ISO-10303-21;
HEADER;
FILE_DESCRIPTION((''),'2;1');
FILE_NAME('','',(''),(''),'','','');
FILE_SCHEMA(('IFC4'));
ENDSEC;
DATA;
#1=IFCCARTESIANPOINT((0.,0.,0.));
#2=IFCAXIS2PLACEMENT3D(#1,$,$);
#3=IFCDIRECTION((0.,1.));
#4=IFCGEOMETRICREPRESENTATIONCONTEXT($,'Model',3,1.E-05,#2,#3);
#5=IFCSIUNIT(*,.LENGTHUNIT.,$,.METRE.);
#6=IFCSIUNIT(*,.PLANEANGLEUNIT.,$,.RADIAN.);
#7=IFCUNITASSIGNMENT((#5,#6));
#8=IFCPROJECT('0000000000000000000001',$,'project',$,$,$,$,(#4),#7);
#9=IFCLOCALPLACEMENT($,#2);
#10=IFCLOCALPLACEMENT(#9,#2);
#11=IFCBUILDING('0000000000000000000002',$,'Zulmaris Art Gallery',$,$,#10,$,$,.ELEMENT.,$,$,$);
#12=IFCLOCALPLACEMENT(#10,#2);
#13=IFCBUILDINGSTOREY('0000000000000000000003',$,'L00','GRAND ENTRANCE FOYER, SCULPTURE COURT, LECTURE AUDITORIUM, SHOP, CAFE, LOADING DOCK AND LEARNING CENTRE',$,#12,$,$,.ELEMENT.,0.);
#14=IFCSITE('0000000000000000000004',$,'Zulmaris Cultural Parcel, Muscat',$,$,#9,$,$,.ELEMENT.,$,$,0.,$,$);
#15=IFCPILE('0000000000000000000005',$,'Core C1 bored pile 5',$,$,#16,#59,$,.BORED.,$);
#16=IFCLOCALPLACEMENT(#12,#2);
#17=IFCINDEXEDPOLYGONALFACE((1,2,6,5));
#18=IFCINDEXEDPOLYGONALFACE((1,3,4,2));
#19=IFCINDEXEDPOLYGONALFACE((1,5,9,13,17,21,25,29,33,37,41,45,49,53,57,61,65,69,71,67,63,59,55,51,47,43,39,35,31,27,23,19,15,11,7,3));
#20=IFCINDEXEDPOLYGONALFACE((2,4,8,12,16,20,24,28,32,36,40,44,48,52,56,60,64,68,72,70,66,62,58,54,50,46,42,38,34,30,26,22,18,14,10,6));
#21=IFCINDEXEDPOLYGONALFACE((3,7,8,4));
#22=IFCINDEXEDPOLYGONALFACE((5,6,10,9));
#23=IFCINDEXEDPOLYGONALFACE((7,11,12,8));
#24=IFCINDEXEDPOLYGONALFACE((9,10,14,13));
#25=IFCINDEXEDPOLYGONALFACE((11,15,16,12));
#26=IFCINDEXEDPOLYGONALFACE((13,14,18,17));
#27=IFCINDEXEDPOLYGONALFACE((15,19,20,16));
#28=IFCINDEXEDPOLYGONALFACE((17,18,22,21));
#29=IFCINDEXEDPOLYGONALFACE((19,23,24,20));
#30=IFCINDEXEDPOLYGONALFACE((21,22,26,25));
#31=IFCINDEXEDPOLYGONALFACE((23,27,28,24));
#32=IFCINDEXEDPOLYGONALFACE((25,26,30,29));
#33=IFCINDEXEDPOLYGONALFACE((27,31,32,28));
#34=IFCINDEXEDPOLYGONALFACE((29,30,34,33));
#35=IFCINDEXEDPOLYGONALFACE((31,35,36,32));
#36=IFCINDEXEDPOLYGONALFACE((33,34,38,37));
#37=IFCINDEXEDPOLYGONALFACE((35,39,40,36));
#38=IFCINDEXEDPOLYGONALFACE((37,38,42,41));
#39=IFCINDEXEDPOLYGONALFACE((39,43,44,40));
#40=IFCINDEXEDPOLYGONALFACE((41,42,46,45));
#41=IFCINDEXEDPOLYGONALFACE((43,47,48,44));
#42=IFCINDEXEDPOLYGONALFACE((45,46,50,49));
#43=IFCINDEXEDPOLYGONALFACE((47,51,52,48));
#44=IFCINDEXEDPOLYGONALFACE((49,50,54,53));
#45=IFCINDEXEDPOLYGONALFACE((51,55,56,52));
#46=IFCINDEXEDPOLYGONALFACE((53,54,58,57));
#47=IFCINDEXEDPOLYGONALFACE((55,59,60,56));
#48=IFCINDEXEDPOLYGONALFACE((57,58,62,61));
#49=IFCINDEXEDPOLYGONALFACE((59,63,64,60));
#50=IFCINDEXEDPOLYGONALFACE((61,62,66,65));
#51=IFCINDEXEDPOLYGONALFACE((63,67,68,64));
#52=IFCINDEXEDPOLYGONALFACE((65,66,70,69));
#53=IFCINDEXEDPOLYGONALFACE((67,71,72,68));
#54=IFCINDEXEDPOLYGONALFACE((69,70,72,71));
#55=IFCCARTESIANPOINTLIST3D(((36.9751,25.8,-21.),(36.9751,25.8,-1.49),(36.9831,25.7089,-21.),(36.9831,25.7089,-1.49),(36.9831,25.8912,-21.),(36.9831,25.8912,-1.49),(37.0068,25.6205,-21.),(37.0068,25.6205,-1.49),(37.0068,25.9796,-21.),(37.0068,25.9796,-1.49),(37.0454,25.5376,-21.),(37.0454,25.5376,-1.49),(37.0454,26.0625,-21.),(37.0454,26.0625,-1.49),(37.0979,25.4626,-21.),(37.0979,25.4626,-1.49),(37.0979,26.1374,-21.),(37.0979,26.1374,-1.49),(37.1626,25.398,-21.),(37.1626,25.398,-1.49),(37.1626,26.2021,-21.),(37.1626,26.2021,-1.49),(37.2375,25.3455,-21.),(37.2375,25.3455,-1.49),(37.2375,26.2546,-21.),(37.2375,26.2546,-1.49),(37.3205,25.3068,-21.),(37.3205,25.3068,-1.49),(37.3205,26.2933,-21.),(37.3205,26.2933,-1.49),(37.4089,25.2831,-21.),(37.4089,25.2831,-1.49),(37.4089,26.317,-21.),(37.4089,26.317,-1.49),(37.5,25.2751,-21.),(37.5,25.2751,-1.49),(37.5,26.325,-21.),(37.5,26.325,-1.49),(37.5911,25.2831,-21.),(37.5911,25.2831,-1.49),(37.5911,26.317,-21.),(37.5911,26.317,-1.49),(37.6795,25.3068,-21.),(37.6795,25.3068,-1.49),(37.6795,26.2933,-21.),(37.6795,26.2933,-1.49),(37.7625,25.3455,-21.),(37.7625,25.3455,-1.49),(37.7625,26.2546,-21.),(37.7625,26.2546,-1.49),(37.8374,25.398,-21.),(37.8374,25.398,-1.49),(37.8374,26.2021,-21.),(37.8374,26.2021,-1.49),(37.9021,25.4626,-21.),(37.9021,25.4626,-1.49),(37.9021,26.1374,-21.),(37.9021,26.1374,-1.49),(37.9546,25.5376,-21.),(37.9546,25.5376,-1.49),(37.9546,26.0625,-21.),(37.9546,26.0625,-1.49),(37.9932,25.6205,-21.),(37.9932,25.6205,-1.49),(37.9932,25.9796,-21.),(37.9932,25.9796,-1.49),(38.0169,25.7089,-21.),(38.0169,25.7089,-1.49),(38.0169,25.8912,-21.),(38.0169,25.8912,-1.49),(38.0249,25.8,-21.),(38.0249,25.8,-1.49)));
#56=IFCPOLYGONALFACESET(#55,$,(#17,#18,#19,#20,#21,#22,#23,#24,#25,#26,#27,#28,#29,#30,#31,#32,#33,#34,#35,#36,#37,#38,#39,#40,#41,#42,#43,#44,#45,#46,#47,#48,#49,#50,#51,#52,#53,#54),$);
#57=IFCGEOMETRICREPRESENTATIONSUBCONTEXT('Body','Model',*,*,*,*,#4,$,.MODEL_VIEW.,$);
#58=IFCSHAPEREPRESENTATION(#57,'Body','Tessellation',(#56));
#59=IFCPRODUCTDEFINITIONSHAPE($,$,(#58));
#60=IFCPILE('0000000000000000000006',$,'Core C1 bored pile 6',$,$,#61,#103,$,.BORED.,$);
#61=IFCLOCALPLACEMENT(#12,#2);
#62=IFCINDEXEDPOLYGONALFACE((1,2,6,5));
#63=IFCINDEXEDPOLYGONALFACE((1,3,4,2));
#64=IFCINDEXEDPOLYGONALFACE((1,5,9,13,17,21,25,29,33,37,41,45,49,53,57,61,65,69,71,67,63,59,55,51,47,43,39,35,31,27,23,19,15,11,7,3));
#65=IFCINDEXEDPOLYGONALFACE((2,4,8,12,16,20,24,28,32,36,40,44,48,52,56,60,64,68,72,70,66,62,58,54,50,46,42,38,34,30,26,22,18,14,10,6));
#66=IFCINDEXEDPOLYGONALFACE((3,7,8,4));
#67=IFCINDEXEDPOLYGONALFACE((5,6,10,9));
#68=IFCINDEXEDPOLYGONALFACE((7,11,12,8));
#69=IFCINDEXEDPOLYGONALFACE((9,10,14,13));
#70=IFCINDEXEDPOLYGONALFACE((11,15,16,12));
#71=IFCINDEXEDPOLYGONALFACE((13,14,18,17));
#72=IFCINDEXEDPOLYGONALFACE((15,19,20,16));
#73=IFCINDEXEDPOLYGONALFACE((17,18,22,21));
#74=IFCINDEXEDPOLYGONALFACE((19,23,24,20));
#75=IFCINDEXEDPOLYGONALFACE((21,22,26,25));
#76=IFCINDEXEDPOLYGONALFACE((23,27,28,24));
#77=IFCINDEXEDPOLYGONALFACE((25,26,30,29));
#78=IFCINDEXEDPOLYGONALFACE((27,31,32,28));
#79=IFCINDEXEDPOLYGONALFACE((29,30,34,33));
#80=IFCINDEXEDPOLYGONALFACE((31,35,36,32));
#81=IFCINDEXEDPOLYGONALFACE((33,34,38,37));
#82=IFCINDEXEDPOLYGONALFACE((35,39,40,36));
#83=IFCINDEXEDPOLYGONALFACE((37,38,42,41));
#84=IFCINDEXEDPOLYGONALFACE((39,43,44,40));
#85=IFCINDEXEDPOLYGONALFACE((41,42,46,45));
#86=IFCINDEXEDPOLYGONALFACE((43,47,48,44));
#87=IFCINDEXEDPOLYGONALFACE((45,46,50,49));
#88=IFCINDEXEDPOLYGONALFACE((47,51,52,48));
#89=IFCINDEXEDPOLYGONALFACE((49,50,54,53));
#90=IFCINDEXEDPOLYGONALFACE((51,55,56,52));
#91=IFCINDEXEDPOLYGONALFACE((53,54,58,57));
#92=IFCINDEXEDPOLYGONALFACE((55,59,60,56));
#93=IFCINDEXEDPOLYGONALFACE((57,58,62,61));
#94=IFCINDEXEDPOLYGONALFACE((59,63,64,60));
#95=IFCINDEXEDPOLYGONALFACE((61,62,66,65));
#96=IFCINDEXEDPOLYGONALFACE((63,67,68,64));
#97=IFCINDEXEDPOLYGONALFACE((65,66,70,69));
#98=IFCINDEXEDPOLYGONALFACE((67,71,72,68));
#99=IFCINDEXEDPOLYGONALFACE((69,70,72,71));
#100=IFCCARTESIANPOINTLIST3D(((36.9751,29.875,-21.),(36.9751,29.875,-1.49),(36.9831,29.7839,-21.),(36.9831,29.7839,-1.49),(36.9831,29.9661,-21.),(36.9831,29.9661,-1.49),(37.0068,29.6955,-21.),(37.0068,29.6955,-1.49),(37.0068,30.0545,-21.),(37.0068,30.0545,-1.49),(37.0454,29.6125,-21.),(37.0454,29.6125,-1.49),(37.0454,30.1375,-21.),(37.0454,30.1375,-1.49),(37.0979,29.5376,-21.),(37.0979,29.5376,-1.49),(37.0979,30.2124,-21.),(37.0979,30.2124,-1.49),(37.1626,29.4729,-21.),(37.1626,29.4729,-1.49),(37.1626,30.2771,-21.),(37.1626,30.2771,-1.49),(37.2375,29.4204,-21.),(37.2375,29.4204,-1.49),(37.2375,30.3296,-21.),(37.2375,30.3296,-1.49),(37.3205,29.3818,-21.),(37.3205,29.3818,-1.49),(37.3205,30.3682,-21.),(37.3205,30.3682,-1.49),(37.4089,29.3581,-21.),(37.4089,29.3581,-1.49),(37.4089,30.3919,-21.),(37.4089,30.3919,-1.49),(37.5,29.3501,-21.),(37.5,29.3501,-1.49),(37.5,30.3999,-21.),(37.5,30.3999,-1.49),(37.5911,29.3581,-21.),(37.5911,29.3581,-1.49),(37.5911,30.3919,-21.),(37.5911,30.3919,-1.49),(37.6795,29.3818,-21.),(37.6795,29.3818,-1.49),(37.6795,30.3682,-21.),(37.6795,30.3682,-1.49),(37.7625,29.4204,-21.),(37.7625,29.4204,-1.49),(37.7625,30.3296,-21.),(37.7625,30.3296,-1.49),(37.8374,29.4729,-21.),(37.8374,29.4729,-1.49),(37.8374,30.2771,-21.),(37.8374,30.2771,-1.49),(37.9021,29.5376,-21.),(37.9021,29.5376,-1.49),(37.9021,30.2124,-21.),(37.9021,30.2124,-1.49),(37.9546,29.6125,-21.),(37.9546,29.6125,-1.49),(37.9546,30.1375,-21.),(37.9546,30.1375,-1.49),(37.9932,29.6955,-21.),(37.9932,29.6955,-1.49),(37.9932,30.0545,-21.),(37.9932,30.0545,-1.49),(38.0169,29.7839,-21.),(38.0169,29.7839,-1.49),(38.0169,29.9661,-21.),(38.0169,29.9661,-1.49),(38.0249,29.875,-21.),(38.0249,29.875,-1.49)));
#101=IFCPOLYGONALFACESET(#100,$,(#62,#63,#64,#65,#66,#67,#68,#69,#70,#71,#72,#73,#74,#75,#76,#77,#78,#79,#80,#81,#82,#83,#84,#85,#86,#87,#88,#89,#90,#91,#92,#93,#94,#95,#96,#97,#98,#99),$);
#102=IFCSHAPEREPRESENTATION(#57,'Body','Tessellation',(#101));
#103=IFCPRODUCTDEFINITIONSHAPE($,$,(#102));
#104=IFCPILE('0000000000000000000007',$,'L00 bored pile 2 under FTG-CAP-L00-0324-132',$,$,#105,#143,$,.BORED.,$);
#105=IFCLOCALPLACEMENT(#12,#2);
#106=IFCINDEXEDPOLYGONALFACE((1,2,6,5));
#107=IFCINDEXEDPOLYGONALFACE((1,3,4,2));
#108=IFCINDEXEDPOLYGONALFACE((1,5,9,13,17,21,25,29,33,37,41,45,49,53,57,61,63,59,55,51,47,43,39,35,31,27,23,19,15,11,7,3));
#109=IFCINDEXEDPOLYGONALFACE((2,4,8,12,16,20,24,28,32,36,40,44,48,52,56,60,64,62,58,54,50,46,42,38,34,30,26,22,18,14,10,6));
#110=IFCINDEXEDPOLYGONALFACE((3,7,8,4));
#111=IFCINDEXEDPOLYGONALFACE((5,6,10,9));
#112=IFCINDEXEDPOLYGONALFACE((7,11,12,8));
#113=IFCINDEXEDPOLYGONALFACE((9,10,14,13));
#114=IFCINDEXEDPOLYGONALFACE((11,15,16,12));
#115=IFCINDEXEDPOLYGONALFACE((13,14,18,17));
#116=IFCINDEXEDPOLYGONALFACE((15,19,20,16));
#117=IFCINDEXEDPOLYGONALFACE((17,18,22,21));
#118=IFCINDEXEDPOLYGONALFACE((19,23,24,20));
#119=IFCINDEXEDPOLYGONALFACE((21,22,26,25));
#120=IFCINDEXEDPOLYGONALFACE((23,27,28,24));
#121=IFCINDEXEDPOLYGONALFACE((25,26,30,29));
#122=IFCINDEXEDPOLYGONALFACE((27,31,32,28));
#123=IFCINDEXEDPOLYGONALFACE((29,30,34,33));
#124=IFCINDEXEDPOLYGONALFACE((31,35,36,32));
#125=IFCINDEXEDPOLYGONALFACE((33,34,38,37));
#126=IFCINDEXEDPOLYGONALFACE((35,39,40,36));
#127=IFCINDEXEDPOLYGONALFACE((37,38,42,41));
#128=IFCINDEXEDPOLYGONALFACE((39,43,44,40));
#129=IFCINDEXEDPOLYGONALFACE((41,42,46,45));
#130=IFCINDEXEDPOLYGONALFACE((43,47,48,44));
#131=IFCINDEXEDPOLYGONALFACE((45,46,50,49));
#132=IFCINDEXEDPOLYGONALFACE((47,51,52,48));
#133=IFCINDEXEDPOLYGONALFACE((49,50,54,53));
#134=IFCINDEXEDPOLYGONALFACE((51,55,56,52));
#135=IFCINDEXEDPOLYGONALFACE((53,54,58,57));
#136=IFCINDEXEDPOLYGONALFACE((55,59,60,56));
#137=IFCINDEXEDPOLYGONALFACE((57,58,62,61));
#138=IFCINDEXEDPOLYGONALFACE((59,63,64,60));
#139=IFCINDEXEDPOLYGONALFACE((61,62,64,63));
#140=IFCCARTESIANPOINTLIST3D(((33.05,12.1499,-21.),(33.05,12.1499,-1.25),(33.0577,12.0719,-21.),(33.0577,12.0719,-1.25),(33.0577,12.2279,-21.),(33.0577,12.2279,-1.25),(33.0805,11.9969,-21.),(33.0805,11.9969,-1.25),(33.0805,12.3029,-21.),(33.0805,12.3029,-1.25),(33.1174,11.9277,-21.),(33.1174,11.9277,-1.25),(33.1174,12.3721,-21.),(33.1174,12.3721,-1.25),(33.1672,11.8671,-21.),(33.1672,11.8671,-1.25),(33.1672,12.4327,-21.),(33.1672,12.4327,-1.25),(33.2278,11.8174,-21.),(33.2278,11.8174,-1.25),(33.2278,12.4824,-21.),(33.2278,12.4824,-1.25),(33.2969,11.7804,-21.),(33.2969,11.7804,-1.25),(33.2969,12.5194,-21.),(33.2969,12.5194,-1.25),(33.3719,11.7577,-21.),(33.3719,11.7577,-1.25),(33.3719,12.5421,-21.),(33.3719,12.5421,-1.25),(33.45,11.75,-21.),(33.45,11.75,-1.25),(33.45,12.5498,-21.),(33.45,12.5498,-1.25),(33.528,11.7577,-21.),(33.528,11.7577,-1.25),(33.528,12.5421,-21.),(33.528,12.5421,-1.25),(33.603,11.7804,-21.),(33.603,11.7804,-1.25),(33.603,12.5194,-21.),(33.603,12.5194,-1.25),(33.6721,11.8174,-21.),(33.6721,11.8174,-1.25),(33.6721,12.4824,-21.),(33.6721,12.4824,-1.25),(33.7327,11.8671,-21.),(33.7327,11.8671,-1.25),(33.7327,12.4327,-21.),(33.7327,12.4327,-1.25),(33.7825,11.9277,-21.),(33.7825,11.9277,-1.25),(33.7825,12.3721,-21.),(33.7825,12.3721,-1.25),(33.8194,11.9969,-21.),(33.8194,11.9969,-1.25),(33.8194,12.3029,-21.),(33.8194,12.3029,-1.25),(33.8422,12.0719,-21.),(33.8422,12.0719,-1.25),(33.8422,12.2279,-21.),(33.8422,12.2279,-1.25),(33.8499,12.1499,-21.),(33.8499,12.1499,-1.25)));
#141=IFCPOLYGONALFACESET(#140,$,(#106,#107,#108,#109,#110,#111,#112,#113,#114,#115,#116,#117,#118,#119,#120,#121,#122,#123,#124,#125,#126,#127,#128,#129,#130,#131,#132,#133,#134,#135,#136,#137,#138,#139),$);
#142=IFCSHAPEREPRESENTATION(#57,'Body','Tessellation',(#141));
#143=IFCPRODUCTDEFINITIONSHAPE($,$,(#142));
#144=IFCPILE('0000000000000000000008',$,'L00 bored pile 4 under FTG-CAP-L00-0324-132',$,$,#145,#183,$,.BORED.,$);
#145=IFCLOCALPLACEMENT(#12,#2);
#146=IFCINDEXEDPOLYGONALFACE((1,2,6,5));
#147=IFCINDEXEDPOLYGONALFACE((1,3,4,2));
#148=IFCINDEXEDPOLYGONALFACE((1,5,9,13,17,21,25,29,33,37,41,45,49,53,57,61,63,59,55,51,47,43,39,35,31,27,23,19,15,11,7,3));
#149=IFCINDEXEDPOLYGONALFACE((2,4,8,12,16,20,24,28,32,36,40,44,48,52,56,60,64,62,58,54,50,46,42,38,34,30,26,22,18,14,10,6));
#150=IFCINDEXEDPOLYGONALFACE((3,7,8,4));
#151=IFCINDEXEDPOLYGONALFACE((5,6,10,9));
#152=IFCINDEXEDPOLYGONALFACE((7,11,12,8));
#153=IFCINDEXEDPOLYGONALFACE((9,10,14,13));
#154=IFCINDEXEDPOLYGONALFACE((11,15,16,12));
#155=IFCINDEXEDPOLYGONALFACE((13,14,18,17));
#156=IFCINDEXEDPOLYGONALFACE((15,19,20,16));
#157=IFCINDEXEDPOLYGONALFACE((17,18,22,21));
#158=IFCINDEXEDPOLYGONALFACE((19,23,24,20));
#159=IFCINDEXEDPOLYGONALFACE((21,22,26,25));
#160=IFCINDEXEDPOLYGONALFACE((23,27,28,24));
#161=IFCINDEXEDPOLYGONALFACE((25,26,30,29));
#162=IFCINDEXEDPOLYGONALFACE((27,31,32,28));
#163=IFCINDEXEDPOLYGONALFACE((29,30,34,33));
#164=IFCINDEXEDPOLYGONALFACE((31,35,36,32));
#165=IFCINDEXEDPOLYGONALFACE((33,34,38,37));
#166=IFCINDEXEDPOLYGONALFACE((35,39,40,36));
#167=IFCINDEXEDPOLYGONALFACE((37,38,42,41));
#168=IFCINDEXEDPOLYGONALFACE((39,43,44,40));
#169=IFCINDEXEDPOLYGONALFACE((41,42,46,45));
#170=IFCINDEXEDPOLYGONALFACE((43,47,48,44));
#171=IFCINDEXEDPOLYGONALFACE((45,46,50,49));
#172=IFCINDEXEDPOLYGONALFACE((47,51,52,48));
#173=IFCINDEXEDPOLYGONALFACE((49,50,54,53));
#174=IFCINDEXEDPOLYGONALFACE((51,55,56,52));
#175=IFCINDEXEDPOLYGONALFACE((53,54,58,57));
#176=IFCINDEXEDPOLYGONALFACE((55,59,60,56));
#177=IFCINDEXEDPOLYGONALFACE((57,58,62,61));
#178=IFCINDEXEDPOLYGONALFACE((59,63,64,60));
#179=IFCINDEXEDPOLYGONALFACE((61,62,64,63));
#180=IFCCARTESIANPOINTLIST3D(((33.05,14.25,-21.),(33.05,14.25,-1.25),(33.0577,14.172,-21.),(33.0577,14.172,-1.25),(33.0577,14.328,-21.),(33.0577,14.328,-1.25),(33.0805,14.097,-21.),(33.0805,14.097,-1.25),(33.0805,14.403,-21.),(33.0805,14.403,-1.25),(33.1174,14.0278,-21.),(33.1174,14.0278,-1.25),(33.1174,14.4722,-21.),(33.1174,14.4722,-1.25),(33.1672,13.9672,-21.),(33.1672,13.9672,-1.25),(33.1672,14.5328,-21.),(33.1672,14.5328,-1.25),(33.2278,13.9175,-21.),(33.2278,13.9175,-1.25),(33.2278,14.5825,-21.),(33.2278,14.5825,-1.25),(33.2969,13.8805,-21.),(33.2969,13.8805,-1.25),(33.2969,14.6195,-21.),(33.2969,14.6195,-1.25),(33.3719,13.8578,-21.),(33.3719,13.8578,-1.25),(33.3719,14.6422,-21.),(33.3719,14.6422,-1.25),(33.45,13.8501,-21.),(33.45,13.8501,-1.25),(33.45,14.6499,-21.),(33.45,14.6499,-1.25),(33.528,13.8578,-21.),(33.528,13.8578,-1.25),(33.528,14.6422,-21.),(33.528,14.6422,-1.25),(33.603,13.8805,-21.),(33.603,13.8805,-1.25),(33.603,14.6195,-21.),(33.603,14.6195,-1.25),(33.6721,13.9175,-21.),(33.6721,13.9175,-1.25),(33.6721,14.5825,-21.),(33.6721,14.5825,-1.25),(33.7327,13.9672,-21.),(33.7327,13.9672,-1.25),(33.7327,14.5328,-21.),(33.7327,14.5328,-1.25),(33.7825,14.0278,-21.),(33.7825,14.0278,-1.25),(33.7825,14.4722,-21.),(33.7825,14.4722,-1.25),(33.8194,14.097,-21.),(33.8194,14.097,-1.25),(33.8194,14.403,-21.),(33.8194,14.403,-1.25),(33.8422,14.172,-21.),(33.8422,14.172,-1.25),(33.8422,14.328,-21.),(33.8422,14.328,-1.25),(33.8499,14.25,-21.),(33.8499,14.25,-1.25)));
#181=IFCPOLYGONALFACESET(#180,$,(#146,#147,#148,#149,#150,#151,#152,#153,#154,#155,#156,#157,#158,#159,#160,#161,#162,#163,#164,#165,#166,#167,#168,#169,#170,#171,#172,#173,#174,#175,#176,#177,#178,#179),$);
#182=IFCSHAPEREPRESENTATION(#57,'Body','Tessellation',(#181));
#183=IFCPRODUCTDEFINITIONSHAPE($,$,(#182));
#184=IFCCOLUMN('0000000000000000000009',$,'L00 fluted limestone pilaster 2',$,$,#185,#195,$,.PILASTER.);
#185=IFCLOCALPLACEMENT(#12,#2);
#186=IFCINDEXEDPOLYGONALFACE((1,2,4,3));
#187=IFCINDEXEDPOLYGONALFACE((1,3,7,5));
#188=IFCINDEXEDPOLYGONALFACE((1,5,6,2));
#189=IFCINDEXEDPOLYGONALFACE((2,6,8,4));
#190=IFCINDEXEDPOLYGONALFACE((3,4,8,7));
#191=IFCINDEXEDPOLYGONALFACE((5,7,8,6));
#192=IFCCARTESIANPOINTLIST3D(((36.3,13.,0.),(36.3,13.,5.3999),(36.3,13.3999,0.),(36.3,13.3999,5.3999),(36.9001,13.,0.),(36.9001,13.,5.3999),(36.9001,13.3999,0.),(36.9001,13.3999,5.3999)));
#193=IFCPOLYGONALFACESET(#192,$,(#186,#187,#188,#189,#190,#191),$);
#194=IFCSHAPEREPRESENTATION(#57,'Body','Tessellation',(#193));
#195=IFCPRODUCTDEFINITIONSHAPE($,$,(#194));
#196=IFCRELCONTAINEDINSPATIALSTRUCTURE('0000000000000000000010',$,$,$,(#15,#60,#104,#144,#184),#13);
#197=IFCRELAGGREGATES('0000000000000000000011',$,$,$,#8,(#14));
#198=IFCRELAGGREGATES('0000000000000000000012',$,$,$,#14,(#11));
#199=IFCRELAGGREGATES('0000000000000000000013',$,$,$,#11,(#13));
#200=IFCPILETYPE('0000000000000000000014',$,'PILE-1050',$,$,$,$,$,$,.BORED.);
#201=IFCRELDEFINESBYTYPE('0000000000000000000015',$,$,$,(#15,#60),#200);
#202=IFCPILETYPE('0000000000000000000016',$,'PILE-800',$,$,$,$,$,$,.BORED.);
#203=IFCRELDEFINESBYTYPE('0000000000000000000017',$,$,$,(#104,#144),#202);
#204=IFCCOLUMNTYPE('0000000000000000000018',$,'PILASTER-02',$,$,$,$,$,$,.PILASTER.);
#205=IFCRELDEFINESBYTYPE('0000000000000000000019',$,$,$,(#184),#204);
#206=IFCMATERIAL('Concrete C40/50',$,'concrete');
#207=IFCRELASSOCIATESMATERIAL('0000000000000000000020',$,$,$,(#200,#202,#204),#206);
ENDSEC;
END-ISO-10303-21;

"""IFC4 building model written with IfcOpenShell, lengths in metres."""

from ifc_helpers import new_model, si_unit, direction, frame, origin, origin_2d, place, context, subcontext, project, spatial, rectangle, circle, extrude, material, material_profile, profile_set, type_object, element, save


model = new_model("IFC4")

# Units and contexts
model_context = context("Model", 3, precision=1e-05, world=origin(), true_north=direction((0.0, 1.0)))
body_context = subcontext(model_context, "Body", "Model", "MODEL_VIEW")
ifc_project = project(units=[si_unit("LENGTHUNIT", "METRE"), si_unit("PLANEANGLEUNIT", "RADIAN")], contexts=[model_context])

# Site, building, storey
site_placement = place(None, origin())
site = spatial("IfcSite", under=ifc_project, at=site_placement, Name="Zulmaris Cultural Parcel, Muscat", CompositionType="ELEMENT", RefElevation=0.0)
building_placement = place(site_placement, origin())
building = spatial("IfcBuilding", under=site, at=building_placement, Name="Zulmaris Art Gallery", CompositionType="ELEMENT")
storey_placement = place(building_placement, origin())
storey = spatial("IfcBuildingStorey", under=building, at=storey_placement, Name="L00", Description="GRAND ENTRANCE FOYER, SCULPTURE COURT, LECTURE AUDITORIUM, SHOP, CAFE, LOADING DOCK AND LEARNING CENTRE", CompositionType="ELEMENT", Elevation=0.0)

# Piles
ifc_material_1 = material(Name="Concrete C40/50", Category="concrete")
ifc_material_profile_1 = material_profile(ifc_material_1, circle(Radius=0.5249, at=origin_2d()), Name="PILE DIA 1050")
ifc_profile_set_1 = profile_set([ifc_material_profile_1], Name="Concrete C40/50")
pile_type_1 = type_object("IfcPileType", Name="PILE-1050", PredefinedType="BORED", material=ifc_profile_set_1)
for number, where, z_axis, x_axis, name in (
    (1, (37.5, 25.8, -1.49), (0.0, 0.0, -1.0), (1.0, 0.0, 0.0), "Core C1 bored pile 5"),
    (2, (37.5, 29.875, -1.49), (0.0, 0.0, -1.0), (1.0, 0.0, 0.0), "Core C1 bored pile 6"),
):
    element("IfcPile", number, at=place(storey_placement, frame(where, z_axis=z_axis, x_axis=x_axis)), inside=storey, type_object=pile_type_1, Name=name, PredefinedType="BORED", context=body_context, shape_type="SweptSolid", body=[
        extrude(circle(Radius=0.5249, at=origin_2d()), origin(), (0.0, 0.0, 1.0), 19.51),
    ])
ifc_material_profile_2 = material_profile(ifc_material_1, circle(Radius=0.3999, at=origin_2d()), Name="PILE DIA 800")
ifc_profile_set_2 = profile_set([ifc_material_profile_2], Name="Concrete C40/50")
pile_type_2 = type_object("IfcPileType", Name="PILE-800", PredefinedType="BORED", material=ifc_profile_set_2)
for number, where, z_axis, x_axis, name in (
    (3, (33.45, 12.1499, -1.25), (0.0, 0.0, -1.0), (1.0, 0.0, 0.0), "L00 bored pile 2 under FTG-CAP-L00-0324-132"),
    (4, (33.45, 14.25, -1.25), (0.0, 0.0, -1.0), (1.0, 0.0, 0.0), "L00 bored pile 4 under FTG-CAP-L00-0324-132"),
):
    element("IfcPile", number, at=place(storey_placement, frame(where, z_axis=z_axis, x_axis=x_axis)), inside=storey, type_object=pile_type_2, Name=name, PredefinedType="BORED", context=body_context, shape_type="SweptSolid", body=[
        extrude(circle(Radius=0.3999, at=origin_2d()), origin(), (0.0, 0.0, 1.0), 19.75),
    ])

# Column
ifc_material_profile_3 = material_profile(ifc_material_1, rectangle(XDim=0.6001, YDim=0.3999, at=origin_2d()), Name="PIL 600x400")
ifc_profile_set_3 = profile_set([ifc_material_profile_3], Name="Concrete C40/50")
column_type = type_object("IfcColumnType", Name="PILASTER-02", PredefinedType="PILASTER", material=ifc_profile_set_3)
column_placement = place(storey_placement, frame((36.6001, 13.2, 0.0), z_axis=(0.0, 0.0, 1.0), x_axis=(1.0, 0.0, 0.0)))
element("IfcColumn", 5, at=column_placement, inside=storey, type_object=column_type, Name="L00 fluted limestone pilaster 2", PredefinedType="PILASTER", context=body_context, shape_type="SweptSolid", body=[
    extrude(rectangle(XDim=0.6001, YDim=0.3999, at=origin_2d()), origin(), (0.0, 0.0, 1.0), 5.3999),
])

save(model, "model.ifc")
